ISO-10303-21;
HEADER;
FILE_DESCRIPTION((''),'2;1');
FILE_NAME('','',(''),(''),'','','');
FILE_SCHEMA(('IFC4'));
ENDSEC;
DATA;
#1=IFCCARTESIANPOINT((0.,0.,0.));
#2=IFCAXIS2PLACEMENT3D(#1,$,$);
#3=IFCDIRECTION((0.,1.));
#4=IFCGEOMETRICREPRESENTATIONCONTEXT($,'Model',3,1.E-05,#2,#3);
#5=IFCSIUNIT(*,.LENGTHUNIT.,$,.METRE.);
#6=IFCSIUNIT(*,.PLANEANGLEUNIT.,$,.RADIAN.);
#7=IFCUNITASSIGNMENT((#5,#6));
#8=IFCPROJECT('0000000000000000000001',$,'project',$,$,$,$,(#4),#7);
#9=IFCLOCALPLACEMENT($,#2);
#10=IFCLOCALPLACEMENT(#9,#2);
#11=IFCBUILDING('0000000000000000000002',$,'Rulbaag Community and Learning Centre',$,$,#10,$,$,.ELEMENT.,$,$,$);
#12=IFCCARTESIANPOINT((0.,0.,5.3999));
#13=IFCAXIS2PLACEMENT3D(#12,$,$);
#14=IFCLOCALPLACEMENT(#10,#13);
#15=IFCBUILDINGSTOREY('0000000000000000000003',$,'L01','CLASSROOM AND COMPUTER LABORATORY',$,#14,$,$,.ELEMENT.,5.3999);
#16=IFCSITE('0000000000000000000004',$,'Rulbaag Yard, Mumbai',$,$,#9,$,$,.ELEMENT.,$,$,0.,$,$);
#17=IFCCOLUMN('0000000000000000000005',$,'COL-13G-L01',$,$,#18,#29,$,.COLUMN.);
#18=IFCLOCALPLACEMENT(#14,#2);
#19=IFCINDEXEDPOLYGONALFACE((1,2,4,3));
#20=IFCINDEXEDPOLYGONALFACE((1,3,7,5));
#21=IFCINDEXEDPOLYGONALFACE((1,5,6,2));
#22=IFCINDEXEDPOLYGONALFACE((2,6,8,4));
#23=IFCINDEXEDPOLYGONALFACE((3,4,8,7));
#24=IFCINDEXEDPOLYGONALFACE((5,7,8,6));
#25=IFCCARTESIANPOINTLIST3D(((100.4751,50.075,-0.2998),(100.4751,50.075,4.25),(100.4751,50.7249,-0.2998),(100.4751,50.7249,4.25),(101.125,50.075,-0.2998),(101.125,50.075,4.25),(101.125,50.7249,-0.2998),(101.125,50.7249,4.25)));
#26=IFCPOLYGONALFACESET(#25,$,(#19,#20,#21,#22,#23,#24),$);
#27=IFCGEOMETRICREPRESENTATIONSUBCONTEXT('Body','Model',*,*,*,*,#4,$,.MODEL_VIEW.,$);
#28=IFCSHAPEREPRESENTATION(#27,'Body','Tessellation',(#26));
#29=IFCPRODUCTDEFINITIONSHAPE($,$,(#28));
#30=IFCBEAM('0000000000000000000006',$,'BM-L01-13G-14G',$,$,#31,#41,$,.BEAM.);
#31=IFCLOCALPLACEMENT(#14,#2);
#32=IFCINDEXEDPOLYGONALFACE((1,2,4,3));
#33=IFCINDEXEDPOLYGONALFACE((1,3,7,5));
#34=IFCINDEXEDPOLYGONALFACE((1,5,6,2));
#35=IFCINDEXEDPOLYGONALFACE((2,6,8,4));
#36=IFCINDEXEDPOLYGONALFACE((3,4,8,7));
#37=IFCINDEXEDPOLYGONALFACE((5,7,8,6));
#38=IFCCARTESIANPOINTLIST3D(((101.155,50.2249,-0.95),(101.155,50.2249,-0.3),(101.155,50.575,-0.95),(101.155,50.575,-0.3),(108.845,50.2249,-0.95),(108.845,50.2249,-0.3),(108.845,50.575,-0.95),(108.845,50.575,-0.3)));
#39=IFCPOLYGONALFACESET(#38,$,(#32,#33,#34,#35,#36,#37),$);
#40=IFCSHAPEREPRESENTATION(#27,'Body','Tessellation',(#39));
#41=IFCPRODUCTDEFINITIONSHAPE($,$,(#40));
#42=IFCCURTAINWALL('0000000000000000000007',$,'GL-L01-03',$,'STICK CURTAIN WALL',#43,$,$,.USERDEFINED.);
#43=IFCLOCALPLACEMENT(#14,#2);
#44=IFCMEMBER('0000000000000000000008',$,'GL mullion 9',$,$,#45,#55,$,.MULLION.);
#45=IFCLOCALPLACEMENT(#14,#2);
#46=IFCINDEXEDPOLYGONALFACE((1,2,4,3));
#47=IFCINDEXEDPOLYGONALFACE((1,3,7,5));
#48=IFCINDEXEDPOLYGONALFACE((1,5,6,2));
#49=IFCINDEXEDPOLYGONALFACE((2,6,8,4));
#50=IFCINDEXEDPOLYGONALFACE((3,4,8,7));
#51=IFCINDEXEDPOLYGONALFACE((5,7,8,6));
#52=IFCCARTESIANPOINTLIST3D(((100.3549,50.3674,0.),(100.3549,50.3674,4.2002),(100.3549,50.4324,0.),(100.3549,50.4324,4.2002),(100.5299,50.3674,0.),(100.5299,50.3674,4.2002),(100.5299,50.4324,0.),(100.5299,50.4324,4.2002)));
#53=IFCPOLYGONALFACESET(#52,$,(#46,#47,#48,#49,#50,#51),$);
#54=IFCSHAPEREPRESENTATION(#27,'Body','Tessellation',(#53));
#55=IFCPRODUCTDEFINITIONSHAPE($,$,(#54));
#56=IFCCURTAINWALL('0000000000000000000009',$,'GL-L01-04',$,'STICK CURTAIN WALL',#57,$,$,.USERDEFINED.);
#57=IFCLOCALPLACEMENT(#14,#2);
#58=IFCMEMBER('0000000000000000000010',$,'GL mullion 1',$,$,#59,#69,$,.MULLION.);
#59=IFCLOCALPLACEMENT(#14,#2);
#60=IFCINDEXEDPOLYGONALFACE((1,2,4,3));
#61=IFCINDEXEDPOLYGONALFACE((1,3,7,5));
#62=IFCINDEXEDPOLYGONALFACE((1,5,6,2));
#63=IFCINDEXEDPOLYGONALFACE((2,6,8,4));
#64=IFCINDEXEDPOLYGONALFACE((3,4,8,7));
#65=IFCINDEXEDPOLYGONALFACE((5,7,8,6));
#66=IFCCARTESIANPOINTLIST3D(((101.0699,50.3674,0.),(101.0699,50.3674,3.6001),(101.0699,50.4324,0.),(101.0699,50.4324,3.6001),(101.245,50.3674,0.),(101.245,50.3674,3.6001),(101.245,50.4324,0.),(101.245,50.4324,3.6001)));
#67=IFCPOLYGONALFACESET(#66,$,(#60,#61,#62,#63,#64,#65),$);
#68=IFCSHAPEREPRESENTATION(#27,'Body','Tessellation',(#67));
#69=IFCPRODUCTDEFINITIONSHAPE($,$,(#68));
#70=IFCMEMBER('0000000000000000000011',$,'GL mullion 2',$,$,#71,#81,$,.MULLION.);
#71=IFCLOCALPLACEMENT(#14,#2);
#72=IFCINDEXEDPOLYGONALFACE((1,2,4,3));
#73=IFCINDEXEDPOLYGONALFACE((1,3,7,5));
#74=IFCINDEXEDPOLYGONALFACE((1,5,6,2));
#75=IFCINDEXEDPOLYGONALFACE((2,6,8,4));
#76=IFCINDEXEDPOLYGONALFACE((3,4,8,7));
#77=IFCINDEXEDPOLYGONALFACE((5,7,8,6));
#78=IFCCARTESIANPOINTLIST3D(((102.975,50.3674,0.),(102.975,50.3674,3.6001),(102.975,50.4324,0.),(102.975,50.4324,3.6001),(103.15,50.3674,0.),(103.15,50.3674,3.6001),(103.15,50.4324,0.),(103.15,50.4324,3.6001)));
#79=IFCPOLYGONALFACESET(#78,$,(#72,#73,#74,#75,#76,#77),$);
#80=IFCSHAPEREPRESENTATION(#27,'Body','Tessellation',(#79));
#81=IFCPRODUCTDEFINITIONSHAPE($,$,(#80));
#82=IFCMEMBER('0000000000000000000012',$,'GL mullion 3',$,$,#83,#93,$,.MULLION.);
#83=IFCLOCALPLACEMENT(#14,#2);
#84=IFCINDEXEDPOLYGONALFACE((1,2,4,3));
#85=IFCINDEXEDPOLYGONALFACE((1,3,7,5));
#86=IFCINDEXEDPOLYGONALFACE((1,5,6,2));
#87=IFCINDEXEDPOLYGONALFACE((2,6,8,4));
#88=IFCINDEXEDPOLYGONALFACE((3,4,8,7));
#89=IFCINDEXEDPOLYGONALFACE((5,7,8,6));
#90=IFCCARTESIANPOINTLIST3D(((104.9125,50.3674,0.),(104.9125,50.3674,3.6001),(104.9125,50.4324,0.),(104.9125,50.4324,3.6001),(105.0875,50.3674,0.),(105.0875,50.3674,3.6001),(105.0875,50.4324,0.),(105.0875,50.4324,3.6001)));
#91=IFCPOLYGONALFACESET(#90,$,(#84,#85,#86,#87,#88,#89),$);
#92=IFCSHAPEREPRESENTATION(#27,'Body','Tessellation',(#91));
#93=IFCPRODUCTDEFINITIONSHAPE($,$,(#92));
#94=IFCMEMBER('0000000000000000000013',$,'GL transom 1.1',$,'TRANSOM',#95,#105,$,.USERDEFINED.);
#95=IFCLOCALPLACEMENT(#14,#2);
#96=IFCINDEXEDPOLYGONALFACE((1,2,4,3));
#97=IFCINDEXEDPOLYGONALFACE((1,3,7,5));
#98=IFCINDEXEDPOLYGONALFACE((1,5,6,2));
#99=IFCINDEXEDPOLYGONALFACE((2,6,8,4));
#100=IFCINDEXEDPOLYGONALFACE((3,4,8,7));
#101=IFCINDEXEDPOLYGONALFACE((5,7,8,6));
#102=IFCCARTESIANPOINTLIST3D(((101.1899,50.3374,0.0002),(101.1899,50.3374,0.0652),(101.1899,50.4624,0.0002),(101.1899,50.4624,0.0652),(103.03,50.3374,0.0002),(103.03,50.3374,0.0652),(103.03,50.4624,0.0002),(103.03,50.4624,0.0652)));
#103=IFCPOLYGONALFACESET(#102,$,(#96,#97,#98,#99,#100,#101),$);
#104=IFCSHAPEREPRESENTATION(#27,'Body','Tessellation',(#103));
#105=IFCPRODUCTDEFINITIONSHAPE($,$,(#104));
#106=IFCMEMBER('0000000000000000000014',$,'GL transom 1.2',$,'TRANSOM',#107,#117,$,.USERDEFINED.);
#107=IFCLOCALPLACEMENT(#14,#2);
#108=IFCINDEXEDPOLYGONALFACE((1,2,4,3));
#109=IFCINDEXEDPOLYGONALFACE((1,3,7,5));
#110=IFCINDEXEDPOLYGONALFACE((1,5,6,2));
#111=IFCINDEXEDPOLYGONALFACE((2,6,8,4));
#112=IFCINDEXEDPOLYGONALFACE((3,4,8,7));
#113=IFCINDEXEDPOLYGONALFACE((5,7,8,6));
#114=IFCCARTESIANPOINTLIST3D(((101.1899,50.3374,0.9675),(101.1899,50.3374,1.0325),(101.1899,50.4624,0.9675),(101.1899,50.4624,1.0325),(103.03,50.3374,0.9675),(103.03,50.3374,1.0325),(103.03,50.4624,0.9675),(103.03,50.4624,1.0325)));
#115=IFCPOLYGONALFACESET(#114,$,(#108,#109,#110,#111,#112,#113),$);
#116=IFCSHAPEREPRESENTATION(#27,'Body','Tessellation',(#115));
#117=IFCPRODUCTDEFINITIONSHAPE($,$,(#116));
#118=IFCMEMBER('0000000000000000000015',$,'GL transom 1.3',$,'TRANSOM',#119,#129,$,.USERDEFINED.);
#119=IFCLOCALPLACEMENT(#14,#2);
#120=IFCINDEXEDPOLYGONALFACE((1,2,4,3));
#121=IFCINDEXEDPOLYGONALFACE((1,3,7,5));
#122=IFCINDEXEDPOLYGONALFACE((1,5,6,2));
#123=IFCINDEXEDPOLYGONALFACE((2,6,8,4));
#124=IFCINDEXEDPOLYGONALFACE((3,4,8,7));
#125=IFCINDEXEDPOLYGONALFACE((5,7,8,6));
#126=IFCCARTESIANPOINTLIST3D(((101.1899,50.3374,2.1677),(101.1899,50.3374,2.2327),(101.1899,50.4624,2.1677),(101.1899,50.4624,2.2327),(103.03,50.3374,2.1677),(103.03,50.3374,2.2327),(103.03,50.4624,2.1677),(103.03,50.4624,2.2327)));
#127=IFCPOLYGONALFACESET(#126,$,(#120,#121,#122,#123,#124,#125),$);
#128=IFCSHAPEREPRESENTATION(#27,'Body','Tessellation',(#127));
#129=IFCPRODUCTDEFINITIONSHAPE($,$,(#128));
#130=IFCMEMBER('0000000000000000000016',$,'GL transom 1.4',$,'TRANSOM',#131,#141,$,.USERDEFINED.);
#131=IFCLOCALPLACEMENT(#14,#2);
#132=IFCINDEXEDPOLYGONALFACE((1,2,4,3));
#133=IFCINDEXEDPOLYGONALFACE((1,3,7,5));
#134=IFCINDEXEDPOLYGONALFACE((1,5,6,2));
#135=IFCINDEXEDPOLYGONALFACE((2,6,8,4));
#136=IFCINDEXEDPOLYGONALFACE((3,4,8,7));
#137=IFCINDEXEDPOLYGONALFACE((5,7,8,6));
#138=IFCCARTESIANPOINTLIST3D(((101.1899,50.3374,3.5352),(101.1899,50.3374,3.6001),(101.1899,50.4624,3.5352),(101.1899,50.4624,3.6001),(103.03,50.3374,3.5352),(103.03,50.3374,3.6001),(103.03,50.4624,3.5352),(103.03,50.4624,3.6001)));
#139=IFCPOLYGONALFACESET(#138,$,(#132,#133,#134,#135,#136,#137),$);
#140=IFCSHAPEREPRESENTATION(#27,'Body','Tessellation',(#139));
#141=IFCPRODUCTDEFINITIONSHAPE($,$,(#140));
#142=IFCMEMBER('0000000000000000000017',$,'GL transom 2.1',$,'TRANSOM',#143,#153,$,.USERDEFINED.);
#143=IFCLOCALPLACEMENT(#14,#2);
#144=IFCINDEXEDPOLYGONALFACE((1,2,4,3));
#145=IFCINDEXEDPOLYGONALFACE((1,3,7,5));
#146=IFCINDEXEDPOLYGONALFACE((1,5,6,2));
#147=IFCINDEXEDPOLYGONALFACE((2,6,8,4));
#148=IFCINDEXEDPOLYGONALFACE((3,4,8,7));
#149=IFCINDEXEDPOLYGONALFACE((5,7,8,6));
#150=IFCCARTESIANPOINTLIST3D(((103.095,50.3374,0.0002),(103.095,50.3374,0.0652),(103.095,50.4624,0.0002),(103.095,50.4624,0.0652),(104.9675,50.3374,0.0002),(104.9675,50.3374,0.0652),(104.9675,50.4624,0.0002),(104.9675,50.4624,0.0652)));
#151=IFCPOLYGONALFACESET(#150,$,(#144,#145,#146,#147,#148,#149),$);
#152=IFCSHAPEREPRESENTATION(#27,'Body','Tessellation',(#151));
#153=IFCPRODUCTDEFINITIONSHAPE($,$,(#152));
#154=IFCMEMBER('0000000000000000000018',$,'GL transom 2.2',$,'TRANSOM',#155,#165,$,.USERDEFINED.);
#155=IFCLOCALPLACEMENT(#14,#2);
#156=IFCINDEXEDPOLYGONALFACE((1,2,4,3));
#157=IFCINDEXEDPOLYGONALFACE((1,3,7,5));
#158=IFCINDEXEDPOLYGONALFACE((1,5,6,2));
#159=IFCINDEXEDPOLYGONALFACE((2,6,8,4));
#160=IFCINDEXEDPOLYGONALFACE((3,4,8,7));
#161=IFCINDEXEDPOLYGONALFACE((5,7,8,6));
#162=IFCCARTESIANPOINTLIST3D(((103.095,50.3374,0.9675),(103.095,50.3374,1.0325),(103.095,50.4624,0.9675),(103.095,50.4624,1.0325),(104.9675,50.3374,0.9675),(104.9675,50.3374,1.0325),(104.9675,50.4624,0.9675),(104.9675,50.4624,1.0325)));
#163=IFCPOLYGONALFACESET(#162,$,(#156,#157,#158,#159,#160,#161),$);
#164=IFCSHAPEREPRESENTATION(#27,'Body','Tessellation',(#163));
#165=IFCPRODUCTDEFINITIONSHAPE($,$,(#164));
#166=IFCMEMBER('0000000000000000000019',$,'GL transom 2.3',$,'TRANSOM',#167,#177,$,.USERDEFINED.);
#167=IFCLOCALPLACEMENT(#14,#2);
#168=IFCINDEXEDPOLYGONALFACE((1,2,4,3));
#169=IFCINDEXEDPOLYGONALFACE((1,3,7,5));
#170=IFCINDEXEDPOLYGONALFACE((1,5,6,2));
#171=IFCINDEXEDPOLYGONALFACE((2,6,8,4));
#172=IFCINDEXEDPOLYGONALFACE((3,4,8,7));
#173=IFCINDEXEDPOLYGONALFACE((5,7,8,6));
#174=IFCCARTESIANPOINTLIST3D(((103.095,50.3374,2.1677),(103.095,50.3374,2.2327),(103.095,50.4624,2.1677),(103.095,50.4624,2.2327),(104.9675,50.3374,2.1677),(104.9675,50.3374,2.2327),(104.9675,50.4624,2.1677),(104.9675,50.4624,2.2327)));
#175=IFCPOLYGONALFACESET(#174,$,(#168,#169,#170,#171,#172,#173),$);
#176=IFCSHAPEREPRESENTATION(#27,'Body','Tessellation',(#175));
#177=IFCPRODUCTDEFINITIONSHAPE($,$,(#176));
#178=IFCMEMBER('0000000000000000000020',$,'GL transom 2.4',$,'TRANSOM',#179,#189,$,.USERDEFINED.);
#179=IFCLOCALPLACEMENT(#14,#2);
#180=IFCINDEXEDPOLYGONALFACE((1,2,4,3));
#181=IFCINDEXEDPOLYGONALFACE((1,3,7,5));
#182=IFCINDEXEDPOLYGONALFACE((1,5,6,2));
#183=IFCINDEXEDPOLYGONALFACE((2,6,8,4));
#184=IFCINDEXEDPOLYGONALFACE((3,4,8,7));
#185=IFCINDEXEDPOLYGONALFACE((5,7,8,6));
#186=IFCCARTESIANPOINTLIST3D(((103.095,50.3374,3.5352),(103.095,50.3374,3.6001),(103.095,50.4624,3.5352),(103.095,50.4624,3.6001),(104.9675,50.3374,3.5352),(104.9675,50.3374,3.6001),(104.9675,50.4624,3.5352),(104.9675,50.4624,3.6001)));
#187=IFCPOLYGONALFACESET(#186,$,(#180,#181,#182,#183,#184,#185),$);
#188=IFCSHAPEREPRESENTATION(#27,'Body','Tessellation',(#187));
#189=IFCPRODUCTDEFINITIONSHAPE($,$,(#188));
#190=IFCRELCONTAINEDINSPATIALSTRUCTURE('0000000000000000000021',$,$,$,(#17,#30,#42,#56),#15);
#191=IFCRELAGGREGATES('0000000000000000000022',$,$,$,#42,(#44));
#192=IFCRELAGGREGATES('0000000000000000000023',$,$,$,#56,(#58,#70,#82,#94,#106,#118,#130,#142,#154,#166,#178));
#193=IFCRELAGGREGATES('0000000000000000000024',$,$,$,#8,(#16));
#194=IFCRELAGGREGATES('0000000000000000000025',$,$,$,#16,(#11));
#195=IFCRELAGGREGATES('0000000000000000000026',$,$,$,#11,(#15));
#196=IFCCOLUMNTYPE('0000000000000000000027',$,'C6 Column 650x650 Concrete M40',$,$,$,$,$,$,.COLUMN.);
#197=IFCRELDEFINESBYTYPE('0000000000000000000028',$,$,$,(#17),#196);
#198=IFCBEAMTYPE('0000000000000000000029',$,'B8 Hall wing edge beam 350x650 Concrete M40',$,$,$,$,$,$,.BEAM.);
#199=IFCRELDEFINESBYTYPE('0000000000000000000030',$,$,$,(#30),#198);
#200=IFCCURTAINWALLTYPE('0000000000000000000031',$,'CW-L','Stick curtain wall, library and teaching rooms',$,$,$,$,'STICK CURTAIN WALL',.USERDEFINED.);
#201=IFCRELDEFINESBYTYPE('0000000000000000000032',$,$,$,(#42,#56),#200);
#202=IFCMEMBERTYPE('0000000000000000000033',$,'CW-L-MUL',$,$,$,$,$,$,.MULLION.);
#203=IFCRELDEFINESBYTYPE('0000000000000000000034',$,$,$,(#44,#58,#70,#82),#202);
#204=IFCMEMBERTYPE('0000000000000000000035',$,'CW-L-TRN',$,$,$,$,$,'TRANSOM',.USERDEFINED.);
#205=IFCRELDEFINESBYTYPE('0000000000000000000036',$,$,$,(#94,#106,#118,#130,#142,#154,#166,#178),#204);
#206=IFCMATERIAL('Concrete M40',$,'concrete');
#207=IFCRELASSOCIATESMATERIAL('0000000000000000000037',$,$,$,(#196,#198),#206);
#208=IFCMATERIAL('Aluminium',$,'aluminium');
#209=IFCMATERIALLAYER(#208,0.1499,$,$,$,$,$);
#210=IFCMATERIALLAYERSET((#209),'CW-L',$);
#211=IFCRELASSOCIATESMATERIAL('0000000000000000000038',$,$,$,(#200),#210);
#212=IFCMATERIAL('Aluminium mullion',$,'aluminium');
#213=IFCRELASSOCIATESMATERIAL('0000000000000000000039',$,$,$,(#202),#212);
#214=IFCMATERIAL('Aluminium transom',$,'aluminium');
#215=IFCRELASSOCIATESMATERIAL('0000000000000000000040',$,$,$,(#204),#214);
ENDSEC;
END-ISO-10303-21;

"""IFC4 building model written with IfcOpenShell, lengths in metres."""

from ifc_helpers import new_model, si_unit, direction, frame, origin, origin_2d, place, context, subcontext, project, spatial, rectangle, extrude, material, layer, layer_set, material_profile, profile_set, type_object, element, aggregate, save


model = new_model("IFC4")

# Units and contexts
model_context = context("Model", 3, precision=1e-05, world=origin(), true_north=direction((0.0, 1.0)))
body_context = subcontext(model_context, "Body", "Model", "MODEL_VIEW")
ifc_project = project(units=[si_unit("LENGTHUNIT", "METRE"), si_unit("PLANEANGLEUNIT", "RADIAN")], contexts=[model_context])

# Site, building, storey
site_placement = place(None, origin())
site = spatial("IfcSite", under=ifc_project, at=site_placement, Name="Rulbaag Yard, Mumbai", CompositionType="ELEMENT", RefElevation=0.0)
building_placement = place(site_placement, origin())
building = spatial("IfcBuilding", under=site, at=building_placement, Name="Rulbaag Community and Learning Centre", CompositionType="ELEMENT")
storey_placement = place(building_placement, frame((0.0, 0.0, 5.3999)))
storey = spatial("IfcBuildingStorey", under=building, at=storey_placement, Name="L01", Description="CLASSROOM AND COMPUTER LABORATORY", CompositionType="ELEMENT", Elevation=5.3999)

# Column
ifc_material_1 = material(Name="Concrete M40", Category="concrete")
ifc_material_profile_1 = material_profile(ifc_material_1, rectangle(XDim=0.6499, YDim=0.6499, at=origin_2d()), Name="RC650x650")
ifc_profile_set_1 = profile_set([ifc_material_profile_1], Name="Concrete M40")
column_type = type_object("IfcColumnType", Name="C6 Column 650x650 Concrete M40", PredefinedType="COLUMN", material=ifc_profile_set_1)
column_placement = place(storey_placement, frame((100.8, 50.3999, -0.2998), z_axis=(0.0, 0.0, 1.0), x_axis=(1.0, 0.0, 0.0)))
element("IfcColumn", 1, at=column_placement, inside=storey, type_object=column_type, Name="COL-13G-L01", PredefinedType="COLUMN", context=body_context, shape_type="SweptSolid", body=[
    extrude(rectangle(XDim=0.6499, YDim=0.6499, at=origin_2d()), origin(), (0.0, 0.0, 1.0), 4.5498),
])

# Beam
ifc_material_profile_2 = material_profile(ifc_material_1, rectangle(XDim=0.3501, YDim=0.6499, at=origin_2d()), Name="RB350x650")
ifc_profile_set_2 = profile_set([ifc_material_profile_2], Name="Concrete M40")
beam_type = type_object("IfcBeamType", Name="B8 Hall wing edge beam 350x650 Concrete M40", PredefinedType="BEAM", material=ifc_profile_set_2)
beam_placement = place(storey_placement, frame((101.155, 50.3999, -0.625), z_axis=(1.0, 0.0, 0.0), x_axis=(0.0, 1.0, 0.0)))
element("IfcBeam", 2, at=beam_placement, inside=storey, type_object=beam_type, Name="BM-L01-13G-14G", PredefinedType="BEAM", context=body_context, shape_type="SweptSolid", body=[
    extrude(rectangle(XDim=0.3501, YDim=0.6499, at=origin_2d()), origin(), (0.0, 0.0, 1.0), 7.6899),
])

# Curtain wall, member
ifc_material_2 = material(Name="Aluminium", Category="aluminium")
ifc_layer_1 = layer(ifc_material_2, 0.1499)
ifc_layer_set_1 = layer_set([ifc_layer_1], Name="CW-L")
curtain_wall_type = type_object("IfcCurtainWallType", Name="CW-L", Description="Stick curtain wall, library and teaching rooms", ElementType="STICK CURTAIN WALL", PredefinedType="USERDEFINED", material=ifc_layer_set_1)
curtain_wall_1_placement = place(storey_placement, origin())
curtain_wall_1 = element("IfcCurtainWall", 3, at=curtain_wall_1_placement, inside=storey, type_object=curtain_wall_type, Name="GL-L01-03", ObjectType="STICK CURTAIN WALL", PredefinedType="USERDEFINED")
ifc_material_3 = material(Name="Aluminium mullion", Category="aluminium")
ifc_material_profile_3 = material_profile(ifc_material_3, rectangle(XDim=0.0649, YDim=0.175, at=origin_2d()), Name="AL 65x175")
ifc_profile_set_3 = profile_set([ifc_material_profile_3], Name="Aluminium mullion")
member_type_1 = type_object("IfcMemberType", Name="CW-L-MUL", PredefinedType="MULLION", material=ifc_profile_set_3)
member_1_placement = place(storey_placement, frame((100.4424, 50.3999, 0.0), z_axis=(0.0, 0.0, 1.0), x_axis=(0.0, 1.0, 0.0)))
member_1 = element("IfcMember", 4, at=member_1_placement, type_object=member_type_1, Name="GL mullion 9", PredefinedType="MULLION", context=body_context, shape_type="SweptSolid", body=[
    extrude(rectangle(XDim=0.0649, YDim=0.175, at=origin_2d()), origin(), (0.0, 0.0, 1.0), 4.2002),
])

# Curtain wall, members
curtain_wall_2_placement = place(storey_placement, origin())
curtain_wall_2 = element("IfcCurtainWall", 5, at=curtain_wall_2_placement, inside=storey, type_object=curtain_wall_type, Name="GL-L01-04", ObjectType="STICK CURTAIN WALL", PredefinedType="USERDEFINED")
member_2_placement = place(storey_placement, frame((101.1575, 50.3999, 0.0), z_axis=(0.0, 0.0, 1.0), x_axis=(0.0, 1.0, 0.0)))
member_2 = element("IfcMember", 6, at=member_2_placement, type_object=member_type_1, Name="GL mullion 1", PredefinedType="MULLION", context=body_context, shape_type="SweptSolid", body=[
    extrude(rectangle(XDim=0.0649, YDim=0.175, at=origin_2d()), origin(), (0.0, 0.0, 1.0), 3.6001),
])
member_3_placement = place(storey_placement, frame((103.0625, 50.3999, 0.0), z_axis=(0.0, 0.0, 1.0), x_axis=(0.0, 1.0, 0.0)))
member_3 = element("IfcMember", 7, at=member_3_placement, type_object=member_type_1, Name="GL mullion 2", PredefinedType="MULLION", context=body_context, shape_type="SweptSolid", body=[
    extrude(rectangle(XDim=0.0649, YDim=0.175, at=origin_2d()), origin(), (0.0, 0.0, 1.0), 3.6001),
])
member_4_placement = place(storey_placement, frame((105.0, 50.3999, 0.0), z_axis=(0.0, 0.0, 1.0), x_axis=(0.0, 1.0, 0.0)))
member_4 = element("IfcMember", 8, at=member_4_placement, type_object=member_type_1, Name="GL mullion 3", PredefinedType="MULLION", context=body_context, shape_type="SweptSolid", body=[
    extrude(rectangle(XDim=0.0649, YDim=0.175, at=origin_2d()), origin(), (0.0, 0.0, 1.0), 3.6001),
])
ifc_material_4 = material(Name="Aluminium transom", Category="aluminium")
ifc_material_profile_4 = material_profile(ifc_material_4, rectangle(XDim=0.125, YDim=0.0649, at=origin_2d()), Name="AL 65x125 T")
ifc_profile_set_4 = profile_set([ifc_material_profile_4], Name="Aluminium transom")
member_type_2 = type_object("IfcMemberType", Name="CW-L-TRN", ElementType="TRANSOM", PredefinedType="USERDEFINED", material=ifc_profile_set_4)
member_5_placement = place(storey_placement, frame((101.1899, 50.3999, 0.0327), z_axis=(1.0, 0.0, 0.0), x_axis=(0.0, 1.0, 0.0)))
member_5 = element("IfcMember", 9, at=member_5_placement, type_object=member_type_2, Name="GL transom 1.1", ObjectType="TRANSOM", PredefinedType="USERDEFINED", context=body_context, shape_type="SweptSolid", body=[
    extrude(rectangle(XDim=0.125, YDim=0.0649, at=origin_2d()), origin(), (0.0, 0.0, 1.0), 1.8401),
])
member_6_placement = place(storey_placement, frame((101.1899, 50.3999, 1.0), z_axis=(1.0, 0.0, 0.0), x_axis=(0.0, 1.0, 0.0)))
member_6 = element("IfcMember", 10, at=member_6_placement, type_object=member_type_2, Name="GL transom 1.2", ObjectType="TRANSOM", PredefinedType="USERDEFINED", context=body_context, shape_type="SweptSolid", body=[
    extrude(rectangle(XDim=0.125, YDim=0.0649, at=origin_2d()), origin(), (0.0, 0.0, 1.0), 1.8401),
])
member_7_placement = place(storey_placement, frame((101.1899, 50.3999, 2.2002), z_axis=(1.0, 0.0, 0.0), x_axis=(0.0, 1.0, 0.0)))
member_7 = element("IfcMember", 11, at=member_7_placement, type_object=member_type_2, Name="GL transom 1.3", ObjectType="TRANSOM", PredefinedType="USERDEFINED", context=body_context, shape_type="SweptSolid", body=[
    extrude(rectangle(XDim=0.125, YDim=0.0649, at=origin_2d()), origin(), (0.0, 0.0, 1.0), 1.8401),
])
member_8_placement = place(storey_placement, frame((101.1899, 50.3999, 3.5676), z_axis=(1.0, 0.0, 0.0), x_axis=(0.0, 1.0, 0.0)))
member_8 = element("IfcMember", 12, at=member_8_placement, type_object=member_type_2, Name="GL transom 1.4", ObjectType="TRANSOM", PredefinedType="USERDEFINED", context=body_context, shape_type="SweptSolid", body=[
    extrude(rectangle(XDim=0.125, YDim=0.0649, at=origin_2d()), origin(), (0.0, 0.0, 1.0), 1.8401),
])
member_9_placement = place(storey_placement, frame((103.095, 50.3999, 0.0327), z_axis=(1.0, 0.0, 0.0), x_axis=(0.0, 1.0, 0.0)))
member_9 = element("IfcMember", 13, at=member_9_placement, type_object=member_type_2, Name="GL transom 2.1", ObjectType="TRANSOM", PredefinedType="USERDEFINED", context=body_context, shape_type="SweptSolid", body=[
    extrude(rectangle(XDim=0.125, YDim=0.0649, at=origin_2d()), origin(), (0.0, 0.0, 1.0), 1.8726),
])
member_10_placement = place(storey_placement, frame((103.095, 50.3999, 1.0), z_axis=(1.0, 0.0, 0.0), x_axis=(0.0, 1.0, 0.0)))
member_10 = element("IfcMember", 14, at=member_10_placement, type_object=member_type_2, Name="GL transom 2.2", ObjectType="TRANSOM", PredefinedType="USERDEFINED", context=body_context, shape_type="SweptSolid", body=[
    extrude(rectangle(XDim=0.125, YDim=0.0649, at=origin_2d()), origin(), (0.0, 0.0, 1.0), 1.8726),
])
member_11_placement = place(storey_placement, frame((103.095, 50.3999, 2.2002), z_axis=(1.0, 0.0, 0.0), x_axis=(0.0, 1.0, 0.0)))
member_11 = element("IfcMember", 15, at=member_11_placement, type_object=member_type_2, Name="GL transom 2.3", ObjectType="TRANSOM", PredefinedType="USERDEFINED", context=body_context, shape_type="SweptSolid", body=[
    extrude(rectangle(XDim=0.125, YDim=0.0649, at=origin_2d()), origin(), (0.0, 0.0, 1.0), 1.8726),
])
member_12_placement = place(storey_placement, frame((103.095, 50.3999, 3.5676), z_axis=(1.0, 0.0, 0.0), x_axis=(0.0, 1.0, 0.0)))
member_12 = element("IfcMember", 16, at=member_12_placement, type_object=member_type_2, Name="GL transom 2.4", ObjectType="TRANSOM", PredefinedType="USERDEFINED", context=body_context, shape_type="SweptSolid", body=[
    extrude(rectangle(XDim=0.125, YDim=0.0649, at=origin_2d()), origin(), (0.0, 0.0, 1.0), 1.8726),
])

aggregate(curtain_wall_1, [member_1])
aggregate(curtain_wall_2, [member_2, member_3, member_4, member_5, member_6, member_7, member_8, member_9, member_10, member_11, member_12])

save(model, "model.ifc")
